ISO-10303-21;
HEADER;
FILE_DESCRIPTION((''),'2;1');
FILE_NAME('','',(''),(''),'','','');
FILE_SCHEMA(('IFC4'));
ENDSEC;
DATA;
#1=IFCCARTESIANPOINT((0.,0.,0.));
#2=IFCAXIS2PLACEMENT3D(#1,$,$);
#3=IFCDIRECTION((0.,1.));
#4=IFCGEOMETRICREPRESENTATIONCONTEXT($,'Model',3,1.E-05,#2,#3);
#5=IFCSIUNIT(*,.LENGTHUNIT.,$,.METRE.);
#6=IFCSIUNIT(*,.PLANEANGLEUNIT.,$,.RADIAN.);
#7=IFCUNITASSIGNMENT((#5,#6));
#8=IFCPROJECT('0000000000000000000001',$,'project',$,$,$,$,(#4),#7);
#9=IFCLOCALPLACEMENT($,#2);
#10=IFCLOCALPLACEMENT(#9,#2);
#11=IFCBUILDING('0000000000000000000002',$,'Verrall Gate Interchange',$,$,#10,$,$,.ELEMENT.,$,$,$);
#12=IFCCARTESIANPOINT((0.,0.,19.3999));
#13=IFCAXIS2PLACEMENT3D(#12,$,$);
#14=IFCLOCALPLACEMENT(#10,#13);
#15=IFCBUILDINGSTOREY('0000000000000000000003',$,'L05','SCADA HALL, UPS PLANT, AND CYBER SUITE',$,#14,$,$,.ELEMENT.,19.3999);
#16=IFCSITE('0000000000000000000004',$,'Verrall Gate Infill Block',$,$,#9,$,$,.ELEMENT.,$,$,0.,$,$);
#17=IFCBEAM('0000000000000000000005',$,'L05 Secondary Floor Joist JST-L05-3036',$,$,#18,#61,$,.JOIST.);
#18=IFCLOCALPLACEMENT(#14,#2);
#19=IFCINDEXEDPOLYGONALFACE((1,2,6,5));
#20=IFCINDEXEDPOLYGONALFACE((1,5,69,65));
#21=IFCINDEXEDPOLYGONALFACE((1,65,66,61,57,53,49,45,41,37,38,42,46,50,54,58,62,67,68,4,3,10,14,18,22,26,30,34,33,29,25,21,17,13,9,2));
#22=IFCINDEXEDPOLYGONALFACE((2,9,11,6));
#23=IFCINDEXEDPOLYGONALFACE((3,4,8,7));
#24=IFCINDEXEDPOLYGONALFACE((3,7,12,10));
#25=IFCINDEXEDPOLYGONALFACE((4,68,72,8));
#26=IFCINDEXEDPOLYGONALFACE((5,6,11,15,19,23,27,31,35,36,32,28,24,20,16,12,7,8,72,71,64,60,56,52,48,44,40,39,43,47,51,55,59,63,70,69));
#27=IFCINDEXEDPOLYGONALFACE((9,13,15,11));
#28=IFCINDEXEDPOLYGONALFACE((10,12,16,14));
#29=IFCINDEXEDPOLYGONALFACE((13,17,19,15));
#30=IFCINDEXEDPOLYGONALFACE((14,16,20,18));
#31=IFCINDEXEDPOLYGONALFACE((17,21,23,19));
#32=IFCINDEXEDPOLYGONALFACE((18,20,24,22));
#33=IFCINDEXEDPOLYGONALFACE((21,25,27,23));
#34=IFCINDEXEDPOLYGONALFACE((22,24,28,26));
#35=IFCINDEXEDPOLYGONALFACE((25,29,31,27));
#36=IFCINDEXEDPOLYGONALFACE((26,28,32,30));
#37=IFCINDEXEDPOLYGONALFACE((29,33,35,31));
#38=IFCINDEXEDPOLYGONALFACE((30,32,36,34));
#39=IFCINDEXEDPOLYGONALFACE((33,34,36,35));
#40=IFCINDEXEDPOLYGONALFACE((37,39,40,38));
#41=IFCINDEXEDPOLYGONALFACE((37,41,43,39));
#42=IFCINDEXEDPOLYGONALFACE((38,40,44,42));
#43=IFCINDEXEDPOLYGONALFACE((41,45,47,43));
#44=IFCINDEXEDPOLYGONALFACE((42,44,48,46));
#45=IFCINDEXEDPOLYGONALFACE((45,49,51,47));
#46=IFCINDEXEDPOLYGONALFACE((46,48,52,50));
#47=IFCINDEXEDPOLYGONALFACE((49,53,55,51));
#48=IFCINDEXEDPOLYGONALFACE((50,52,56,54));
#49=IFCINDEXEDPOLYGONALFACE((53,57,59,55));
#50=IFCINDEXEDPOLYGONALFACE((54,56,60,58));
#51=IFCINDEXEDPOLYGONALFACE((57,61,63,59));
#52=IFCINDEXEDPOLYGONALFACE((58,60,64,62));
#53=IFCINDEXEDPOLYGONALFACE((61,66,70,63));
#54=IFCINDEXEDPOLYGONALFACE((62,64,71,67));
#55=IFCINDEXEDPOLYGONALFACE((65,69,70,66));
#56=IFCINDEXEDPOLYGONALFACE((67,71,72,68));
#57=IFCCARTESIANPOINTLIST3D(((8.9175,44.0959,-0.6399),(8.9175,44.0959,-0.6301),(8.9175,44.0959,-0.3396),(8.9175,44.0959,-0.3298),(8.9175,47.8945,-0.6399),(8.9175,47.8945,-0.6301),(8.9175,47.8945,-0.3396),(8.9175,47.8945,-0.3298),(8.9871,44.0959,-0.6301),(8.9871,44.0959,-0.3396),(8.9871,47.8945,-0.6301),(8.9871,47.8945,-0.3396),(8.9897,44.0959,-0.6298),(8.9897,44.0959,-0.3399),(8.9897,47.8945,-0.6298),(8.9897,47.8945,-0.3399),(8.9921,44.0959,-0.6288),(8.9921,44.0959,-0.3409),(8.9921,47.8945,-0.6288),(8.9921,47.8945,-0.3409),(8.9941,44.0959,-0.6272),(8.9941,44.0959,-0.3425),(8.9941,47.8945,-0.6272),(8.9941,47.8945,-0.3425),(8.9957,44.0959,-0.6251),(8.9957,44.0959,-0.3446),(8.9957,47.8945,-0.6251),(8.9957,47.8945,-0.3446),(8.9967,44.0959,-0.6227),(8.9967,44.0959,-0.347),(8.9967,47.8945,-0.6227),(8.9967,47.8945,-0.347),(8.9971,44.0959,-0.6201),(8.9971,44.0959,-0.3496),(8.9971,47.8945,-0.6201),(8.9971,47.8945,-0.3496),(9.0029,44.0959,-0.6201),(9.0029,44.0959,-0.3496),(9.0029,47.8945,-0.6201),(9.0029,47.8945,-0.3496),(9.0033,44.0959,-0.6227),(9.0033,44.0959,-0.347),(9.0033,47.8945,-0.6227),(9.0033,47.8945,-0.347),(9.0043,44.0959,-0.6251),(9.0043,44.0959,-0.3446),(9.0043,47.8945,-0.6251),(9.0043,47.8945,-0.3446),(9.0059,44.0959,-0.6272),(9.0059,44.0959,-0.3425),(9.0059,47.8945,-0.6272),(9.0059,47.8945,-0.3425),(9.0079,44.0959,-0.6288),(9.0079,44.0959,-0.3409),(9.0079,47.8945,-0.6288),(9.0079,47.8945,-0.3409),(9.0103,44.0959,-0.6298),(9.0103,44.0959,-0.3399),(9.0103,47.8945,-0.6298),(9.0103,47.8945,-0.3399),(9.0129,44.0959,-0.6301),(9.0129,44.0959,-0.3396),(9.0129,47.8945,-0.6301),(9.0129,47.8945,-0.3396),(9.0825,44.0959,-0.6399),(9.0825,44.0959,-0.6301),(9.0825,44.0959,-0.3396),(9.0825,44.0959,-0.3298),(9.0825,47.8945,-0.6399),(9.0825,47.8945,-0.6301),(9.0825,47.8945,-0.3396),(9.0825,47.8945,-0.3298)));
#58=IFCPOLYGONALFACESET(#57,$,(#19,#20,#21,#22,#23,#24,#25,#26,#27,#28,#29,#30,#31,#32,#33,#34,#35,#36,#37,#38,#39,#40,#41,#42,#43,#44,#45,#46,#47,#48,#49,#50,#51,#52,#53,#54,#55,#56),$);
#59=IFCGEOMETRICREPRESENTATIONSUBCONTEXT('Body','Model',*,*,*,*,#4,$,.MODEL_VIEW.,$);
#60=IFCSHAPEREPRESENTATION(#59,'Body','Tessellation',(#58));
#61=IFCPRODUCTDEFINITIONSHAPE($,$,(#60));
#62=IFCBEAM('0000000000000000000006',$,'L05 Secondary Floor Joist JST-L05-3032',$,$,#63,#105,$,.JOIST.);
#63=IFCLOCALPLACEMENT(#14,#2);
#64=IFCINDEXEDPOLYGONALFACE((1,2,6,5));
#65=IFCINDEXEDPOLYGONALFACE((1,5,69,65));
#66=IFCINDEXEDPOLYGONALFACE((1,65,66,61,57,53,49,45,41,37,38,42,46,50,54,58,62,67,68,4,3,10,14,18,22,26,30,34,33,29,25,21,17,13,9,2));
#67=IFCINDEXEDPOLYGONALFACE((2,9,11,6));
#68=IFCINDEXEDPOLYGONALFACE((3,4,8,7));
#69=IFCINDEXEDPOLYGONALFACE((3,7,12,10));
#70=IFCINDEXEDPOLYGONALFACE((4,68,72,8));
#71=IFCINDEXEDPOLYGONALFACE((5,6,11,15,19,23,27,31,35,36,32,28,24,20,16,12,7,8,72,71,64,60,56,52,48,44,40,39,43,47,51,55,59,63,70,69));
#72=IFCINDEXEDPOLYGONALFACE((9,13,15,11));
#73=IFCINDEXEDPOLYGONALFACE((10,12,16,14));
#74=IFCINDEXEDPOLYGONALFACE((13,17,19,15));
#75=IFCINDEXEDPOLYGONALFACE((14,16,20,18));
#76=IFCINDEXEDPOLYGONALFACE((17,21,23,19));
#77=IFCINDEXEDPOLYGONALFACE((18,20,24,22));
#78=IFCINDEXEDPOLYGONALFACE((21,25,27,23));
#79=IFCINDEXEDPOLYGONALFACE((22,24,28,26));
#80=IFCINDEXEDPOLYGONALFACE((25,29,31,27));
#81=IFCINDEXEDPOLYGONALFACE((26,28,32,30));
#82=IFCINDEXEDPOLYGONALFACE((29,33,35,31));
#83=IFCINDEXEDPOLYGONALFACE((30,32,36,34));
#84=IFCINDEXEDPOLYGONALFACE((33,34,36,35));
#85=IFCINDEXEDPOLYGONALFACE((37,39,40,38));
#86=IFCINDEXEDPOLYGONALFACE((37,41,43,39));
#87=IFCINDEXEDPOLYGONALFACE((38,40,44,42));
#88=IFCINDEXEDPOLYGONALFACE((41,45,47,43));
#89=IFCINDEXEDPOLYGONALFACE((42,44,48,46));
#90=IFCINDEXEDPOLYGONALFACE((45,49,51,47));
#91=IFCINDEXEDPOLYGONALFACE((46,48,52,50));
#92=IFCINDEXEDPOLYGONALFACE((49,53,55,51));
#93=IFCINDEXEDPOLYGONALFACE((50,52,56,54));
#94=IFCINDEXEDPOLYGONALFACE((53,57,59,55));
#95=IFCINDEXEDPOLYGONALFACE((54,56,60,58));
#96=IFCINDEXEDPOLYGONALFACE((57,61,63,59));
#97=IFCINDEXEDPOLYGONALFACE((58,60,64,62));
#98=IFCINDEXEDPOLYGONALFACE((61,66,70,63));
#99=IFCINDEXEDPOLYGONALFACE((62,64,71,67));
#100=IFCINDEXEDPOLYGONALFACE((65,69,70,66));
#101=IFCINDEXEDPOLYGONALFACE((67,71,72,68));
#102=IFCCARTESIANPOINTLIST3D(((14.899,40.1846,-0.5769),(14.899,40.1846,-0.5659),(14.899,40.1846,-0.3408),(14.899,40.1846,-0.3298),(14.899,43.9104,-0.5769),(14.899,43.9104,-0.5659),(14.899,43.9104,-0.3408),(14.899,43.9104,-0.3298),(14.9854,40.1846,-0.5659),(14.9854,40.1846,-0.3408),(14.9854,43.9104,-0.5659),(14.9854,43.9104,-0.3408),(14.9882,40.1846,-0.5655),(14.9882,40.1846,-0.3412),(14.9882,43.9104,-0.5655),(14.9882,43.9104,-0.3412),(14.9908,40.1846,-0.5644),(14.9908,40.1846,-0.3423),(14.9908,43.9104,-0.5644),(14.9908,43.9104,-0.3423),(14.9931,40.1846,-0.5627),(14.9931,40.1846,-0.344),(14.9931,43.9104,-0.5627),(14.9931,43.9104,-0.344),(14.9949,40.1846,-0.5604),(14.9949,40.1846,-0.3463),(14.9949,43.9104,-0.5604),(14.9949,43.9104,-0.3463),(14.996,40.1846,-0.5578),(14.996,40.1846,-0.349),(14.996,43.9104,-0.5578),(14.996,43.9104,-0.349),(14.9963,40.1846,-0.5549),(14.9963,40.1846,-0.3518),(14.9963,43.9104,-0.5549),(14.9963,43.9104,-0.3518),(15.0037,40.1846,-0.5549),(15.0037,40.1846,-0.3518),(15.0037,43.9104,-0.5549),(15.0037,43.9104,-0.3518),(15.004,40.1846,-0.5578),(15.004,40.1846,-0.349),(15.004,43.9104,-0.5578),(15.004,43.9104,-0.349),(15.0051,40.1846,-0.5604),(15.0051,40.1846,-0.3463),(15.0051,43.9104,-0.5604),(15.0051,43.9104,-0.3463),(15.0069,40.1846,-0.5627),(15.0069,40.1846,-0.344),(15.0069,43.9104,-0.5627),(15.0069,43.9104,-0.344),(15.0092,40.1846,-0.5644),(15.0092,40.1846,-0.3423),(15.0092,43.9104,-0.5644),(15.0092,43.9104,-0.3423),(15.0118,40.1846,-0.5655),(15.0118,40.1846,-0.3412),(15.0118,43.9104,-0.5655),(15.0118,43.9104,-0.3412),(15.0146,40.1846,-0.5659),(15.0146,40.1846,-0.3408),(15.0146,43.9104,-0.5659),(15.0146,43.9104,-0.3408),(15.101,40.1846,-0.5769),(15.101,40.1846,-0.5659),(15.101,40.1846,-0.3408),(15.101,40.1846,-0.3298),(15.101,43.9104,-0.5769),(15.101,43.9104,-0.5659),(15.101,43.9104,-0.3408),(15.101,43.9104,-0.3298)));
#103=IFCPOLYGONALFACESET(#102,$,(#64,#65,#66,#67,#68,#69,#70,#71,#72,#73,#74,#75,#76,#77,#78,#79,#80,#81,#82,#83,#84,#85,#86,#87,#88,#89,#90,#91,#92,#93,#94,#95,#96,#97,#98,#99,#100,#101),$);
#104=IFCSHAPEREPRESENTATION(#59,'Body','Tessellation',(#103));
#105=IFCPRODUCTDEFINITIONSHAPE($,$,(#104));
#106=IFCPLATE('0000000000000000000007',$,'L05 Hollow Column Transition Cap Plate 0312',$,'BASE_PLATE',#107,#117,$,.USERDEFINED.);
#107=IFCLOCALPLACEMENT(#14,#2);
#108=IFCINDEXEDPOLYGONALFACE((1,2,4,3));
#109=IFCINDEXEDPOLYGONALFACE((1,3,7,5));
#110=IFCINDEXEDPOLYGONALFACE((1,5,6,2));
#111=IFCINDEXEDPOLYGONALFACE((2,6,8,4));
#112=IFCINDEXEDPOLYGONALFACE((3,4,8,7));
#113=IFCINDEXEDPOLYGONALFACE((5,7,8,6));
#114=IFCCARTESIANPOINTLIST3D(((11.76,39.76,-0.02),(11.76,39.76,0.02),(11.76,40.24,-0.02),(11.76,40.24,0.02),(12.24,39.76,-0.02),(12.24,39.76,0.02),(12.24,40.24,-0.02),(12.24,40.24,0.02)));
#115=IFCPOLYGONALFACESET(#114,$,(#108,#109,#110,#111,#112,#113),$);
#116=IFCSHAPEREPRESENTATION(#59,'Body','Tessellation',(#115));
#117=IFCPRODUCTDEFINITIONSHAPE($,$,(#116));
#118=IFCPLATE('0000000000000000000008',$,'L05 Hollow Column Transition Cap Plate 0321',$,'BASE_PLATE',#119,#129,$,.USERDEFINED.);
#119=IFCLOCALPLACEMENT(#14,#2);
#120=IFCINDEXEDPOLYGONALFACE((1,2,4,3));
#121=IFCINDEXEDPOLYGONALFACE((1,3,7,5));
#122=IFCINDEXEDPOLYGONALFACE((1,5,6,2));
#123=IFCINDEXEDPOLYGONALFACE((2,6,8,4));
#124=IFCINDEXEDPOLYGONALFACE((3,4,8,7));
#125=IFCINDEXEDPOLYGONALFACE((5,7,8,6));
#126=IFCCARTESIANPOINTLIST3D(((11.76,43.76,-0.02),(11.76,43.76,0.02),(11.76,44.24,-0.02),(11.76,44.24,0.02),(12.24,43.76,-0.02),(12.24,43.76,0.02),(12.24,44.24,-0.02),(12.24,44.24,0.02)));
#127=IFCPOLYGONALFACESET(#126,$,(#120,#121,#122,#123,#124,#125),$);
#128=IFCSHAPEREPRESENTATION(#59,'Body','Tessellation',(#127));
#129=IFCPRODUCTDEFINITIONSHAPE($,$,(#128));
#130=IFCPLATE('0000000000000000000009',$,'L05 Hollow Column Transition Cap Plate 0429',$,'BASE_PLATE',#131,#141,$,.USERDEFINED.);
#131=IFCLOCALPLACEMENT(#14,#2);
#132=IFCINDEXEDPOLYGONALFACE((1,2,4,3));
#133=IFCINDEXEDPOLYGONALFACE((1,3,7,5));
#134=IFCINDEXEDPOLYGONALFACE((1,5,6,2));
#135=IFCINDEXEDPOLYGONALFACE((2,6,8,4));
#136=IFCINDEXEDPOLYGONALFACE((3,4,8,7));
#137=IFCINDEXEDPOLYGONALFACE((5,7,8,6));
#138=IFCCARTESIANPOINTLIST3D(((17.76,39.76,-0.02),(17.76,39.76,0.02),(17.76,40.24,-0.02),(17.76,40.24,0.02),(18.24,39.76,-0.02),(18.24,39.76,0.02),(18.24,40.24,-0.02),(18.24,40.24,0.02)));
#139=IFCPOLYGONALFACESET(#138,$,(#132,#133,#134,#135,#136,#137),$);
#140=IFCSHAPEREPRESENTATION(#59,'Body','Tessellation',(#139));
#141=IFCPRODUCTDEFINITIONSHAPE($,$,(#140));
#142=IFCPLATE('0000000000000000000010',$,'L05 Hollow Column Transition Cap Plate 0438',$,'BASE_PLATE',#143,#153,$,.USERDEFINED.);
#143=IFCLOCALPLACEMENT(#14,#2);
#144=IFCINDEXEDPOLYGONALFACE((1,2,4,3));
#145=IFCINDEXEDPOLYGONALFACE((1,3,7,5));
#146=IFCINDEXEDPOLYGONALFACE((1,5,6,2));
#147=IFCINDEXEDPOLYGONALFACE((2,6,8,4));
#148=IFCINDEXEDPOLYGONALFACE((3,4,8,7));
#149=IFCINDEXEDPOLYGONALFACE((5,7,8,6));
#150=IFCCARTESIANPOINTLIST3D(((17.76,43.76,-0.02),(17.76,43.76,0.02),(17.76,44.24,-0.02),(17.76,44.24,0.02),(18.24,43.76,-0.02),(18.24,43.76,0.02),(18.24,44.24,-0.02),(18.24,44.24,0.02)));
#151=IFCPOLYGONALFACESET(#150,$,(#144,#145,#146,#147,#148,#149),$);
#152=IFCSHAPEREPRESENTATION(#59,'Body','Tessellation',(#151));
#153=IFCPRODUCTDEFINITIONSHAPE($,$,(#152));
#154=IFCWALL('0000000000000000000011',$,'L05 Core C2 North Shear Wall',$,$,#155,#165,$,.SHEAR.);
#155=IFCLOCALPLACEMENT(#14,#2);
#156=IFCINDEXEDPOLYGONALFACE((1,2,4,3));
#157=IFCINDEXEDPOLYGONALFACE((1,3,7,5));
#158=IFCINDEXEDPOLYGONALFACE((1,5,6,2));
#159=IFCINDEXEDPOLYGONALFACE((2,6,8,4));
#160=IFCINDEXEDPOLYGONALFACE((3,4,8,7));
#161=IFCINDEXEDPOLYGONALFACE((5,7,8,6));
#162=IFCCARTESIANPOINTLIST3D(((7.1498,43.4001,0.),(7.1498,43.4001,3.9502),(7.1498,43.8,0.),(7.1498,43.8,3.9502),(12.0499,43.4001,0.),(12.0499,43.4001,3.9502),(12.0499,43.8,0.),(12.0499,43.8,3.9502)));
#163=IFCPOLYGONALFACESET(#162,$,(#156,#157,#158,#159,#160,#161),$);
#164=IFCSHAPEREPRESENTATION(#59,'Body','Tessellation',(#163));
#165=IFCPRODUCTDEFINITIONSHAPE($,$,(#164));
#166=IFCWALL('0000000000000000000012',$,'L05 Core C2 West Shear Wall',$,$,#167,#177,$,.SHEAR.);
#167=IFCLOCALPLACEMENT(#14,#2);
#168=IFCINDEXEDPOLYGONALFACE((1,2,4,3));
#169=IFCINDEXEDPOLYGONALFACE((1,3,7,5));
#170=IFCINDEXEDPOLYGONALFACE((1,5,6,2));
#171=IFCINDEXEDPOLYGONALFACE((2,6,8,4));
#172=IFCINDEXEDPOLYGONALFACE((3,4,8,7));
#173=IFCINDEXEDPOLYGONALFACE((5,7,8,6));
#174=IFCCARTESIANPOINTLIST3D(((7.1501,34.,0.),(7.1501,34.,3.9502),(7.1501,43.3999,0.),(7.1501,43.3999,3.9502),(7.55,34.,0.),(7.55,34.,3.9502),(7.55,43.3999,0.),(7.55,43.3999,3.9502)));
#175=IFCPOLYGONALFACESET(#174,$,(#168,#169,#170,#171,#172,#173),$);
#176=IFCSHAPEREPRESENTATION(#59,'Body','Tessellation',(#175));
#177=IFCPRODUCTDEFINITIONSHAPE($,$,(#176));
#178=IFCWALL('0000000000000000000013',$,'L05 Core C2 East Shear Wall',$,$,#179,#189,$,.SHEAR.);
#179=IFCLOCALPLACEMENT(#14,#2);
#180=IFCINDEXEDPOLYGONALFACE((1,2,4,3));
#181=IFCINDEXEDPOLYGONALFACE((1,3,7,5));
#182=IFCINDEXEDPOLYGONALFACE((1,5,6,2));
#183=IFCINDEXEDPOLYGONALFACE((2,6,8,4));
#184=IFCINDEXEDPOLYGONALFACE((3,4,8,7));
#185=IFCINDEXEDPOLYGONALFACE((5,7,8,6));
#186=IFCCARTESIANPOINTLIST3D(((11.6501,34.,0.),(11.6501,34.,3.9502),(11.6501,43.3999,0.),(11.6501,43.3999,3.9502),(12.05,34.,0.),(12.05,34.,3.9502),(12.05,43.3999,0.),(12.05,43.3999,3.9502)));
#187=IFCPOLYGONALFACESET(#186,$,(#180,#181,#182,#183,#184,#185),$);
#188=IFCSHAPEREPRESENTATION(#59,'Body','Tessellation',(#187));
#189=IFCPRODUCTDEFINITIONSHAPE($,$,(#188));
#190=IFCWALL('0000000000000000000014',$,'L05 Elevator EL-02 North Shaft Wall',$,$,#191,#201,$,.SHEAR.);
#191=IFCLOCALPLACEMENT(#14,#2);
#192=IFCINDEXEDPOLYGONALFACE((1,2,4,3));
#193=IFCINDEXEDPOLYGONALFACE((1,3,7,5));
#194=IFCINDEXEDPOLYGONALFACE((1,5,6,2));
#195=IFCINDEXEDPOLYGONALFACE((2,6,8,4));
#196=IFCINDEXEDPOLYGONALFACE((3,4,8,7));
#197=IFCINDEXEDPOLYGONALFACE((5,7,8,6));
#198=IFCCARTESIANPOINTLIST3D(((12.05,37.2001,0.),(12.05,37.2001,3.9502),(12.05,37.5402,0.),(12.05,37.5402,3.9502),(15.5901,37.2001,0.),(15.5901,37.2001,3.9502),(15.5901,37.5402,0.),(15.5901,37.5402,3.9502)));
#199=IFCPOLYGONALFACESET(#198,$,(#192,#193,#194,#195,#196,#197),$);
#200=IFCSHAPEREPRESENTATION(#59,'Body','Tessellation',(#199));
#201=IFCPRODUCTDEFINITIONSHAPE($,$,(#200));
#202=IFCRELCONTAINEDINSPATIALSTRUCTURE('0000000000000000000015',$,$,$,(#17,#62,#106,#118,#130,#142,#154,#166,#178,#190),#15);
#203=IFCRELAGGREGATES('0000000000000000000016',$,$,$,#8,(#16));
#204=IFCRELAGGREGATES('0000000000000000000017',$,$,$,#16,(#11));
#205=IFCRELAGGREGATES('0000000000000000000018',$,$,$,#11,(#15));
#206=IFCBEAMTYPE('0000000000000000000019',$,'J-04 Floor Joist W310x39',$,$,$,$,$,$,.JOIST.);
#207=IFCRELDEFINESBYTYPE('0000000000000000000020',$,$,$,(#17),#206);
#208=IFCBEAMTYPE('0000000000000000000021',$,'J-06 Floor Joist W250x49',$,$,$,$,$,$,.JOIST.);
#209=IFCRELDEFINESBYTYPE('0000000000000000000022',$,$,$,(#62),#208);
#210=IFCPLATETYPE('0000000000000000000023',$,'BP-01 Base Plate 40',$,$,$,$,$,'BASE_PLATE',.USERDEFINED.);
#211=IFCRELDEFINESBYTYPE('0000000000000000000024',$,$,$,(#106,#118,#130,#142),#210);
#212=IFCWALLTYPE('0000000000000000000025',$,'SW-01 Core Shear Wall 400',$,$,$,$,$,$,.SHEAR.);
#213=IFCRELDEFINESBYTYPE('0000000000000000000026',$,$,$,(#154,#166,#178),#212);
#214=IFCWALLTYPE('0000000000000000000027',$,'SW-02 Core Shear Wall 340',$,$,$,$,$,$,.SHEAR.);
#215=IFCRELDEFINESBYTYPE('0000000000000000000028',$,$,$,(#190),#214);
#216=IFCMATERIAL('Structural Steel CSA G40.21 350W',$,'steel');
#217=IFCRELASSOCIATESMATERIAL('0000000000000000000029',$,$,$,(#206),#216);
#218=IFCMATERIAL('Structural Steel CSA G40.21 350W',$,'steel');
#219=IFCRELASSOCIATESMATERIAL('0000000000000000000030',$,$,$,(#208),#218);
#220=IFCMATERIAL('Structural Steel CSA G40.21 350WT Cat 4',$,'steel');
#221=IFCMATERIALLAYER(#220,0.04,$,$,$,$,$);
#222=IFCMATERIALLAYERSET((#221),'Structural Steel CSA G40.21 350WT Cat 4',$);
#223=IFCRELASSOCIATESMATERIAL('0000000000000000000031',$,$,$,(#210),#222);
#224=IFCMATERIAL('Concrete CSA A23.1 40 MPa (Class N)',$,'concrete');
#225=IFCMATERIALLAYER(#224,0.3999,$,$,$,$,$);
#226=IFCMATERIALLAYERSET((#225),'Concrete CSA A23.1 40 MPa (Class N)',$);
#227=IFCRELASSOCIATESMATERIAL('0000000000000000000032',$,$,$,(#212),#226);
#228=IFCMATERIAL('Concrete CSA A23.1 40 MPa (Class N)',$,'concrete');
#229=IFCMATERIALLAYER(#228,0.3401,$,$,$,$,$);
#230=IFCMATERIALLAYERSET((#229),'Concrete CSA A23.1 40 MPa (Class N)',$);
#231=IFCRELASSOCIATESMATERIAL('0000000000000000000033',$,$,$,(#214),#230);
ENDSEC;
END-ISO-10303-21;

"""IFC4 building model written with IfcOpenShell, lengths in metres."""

from ifc_helpers import new_model, si_unit, direction, frame, frame_2d, origin, origin_2d, place, context, subcontext, project, spatial, rectangle, i_section, extrude, material, layer, layer_set, material_profile, profile_set, type_object, element, save


model = new_model("IFC4")

# Units and contexts
model_context = context("Model", 3, precision=1e-05, world=origin(), true_north=direction((0.0, 1.0)))
body_context = subcontext(model_context, "Body", "Model", "MODEL_VIEW")
ifc_project = project(units=[si_unit("LENGTHUNIT", "METRE"), si_unit("PLANEANGLEUNIT", "RADIAN")], contexts=[model_context])

# Site, building, storey
site_placement = place(None, origin())
site = spatial("IfcSite", under=ifc_project, at=site_placement, Name="Verrall Gate Infill Block", CompositionType="ELEMENT", RefElevation=0.0)
building_placement = place(site_placement, origin())
building = spatial("IfcBuilding", under=site, at=building_placement, Name="Verrall Gate Interchange", CompositionType="ELEMENT")
storey_placement = place(building_placement, frame((0.0, 0.0, 19.3999)))
storey = spatial("IfcBuildingStorey", under=building, at=storey_placement, Name="L05", Description="SCADA HALL, UPS PLANT, AND CYBER SUITE", CompositionType="ELEMENT", Elevation=19.3999)

# Beams
ifc_material_1 = material(Name="Structural Steel CSA G40.21 350W", Category="steel")
ifc_material_profile_1 = material_profile(ifc_material_1, i_section(OverallWidth=0.165, OverallDepth=0.3101, WebThickness=0.0059, FlangeThickness=0.0098, FilletRadius=0.01, at=origin_2d()), Name="W310x39")
ifc_profile_set_1 = profile_set([ifc_material_profile_1], Name="Structural Steel CSA G40.21 350W")
beam_type_1 = type_object("IfcBeamType", Name="J-04 Floor Joist W310x39", PredefinedType="JOIST", material=ifc_profile_set_1)
beam_1_placement = place(storey_placement, frame((9.0, 44.0959, -0.4849), z_axis=(0.0, 1.0, 0.0), x_axis=(-1.0, 0.0, 0.0)))
element("IfcBeam", 1, at=beam_1_placement, inside=storey, type_object=beam_type_1, Name="L05 Secondary Floor Joist JST-L05-3036", PredefinedType="JOIST", context=body_context, shape_type="SweptSolid", body=[
    extrude(i_section(OverallWidth=0.165, OverallDepth=0.3101, WebThickness=0.0059, FlangeThickness=0.0098, FilletRadius=0.01, at=origin_2d()), origin(), (0.0, 0.0, 1.0), 3.7986),
])
ifc_material_2 = material(Name="Structural Steel CSA G40.21 350W", Category="steel")
ifc_material_profile_2 = material_profile(ifc_material_2, i_section(OverallWidth=0.2019, OverallDepth=0.2471, WebThickness=0.0073, FlangeThickness=0.011, FilletRadius=0.011, at=origin_2d()), Name="W250x49")
ifc_profile_set_2 = profile_set([ifc_material_profile_2], Name="Structural Steel CSA G40.21 350W")
beam_type_2 = type_object("IfcBeamType", Name="J-06 Floor Joist W250x49", PredefinedType="JOIST", material=ifc_profile_set_2)
beam_2_placement = place(storey_placement, frame((15.0, 40.1846, -0.4534), z_axis=(0.0, 1.0, 0.0), x_axis=(-1.0, 0.0, 0.0)))
element("IfcBeam", 2, at=beam_2_placement, inside=storey, type_object=beam_type_2, Name="L05 Secondary Floor Joist JST-L05-3032", PredefinedType="JOIST", context=body_context, shape_type="SweptSolid", body=[
    extrude(i_section(OverallWidth=0.2019, OverallDepth=0.2471, WebThickness=0.0073, FlangeThickness=0.011, FilletRadius=0.011, at=origin_2d()), origin(), (0.0, 0.0, 1.0), 3.7258),
])

# Plates
ifc_material_3 = material(Name="Structural Steel CSA G40.21 350WT Cat 4", Category="steel")
ifc_layer_1 = layer(ifc_material_3, 0.04)
ifc_layer_set_1 = layer_set([ifc_layer_1], Name="Structural Steel CSA G40.21 350WT Cat 4")
plate_type = type_object("IfcPlateType", Name="BP-01 Base Plate 40", ElementType="BASE_PLATE", PredefinedType="USERDEFINED", material=ifc_layer_set_1)
for number, where, z_axis, x_axis, name in (
    (3, (12.0, 40.0, -0.02), (0.0, 0.0, 1.0), (1.0, 0.0, 0.0), "L05 Hollow Column Transition Cap Plate 0312"),
    (4, (12.0, 44.0, -0.02), (0.0, 0.0, 1.0), (1.0, 0.0, 0.0), "L05 Hollow Column Transition Cap Plate 0321"),
    (5, (18.0, 40.0, -0.02), (0.0, 0.0, 1.0), (1.0, 0.0, 0.0), "L05 Hollow Column Transition Cap Plate 0429"),
    (6, (18.0, 44.0, -0.02), (0.0, 0.0, 1.0), (1.0, 0.0, 0.0), "L05 Hollow Column Transition Cap Plate 0438"),
):
    element("IfcPlate", number, at=place(storey_placement, frame(where, z_axis=z_axis, x_axis=x_axis)), inside=storey, type_object=plate_type, Name=name, ObjectType="BASE_PLATE", PredefinedType="USERDEFINED", context=body_context, shape_type="SweptSolid", body=[
        extrude(rectangle(XDim=0.48, YDim=0.48, at=origin_2d()), origin(), (0.0, 0.0, 1.0), 0.04),
    ])

# Walls
ifc_material_4 = material(Name="Concrete CSA A23.1 40 MPa (Class N)", Category="concrete")
ifc_layer_2 = layer(ifc_material_4, 0.3999)
ifc_layer_set_2 = layer_set([ifc_layer_2], Name="Concrete CSA A23.1 40 MPa (Class N)")
wall_type_1 = type_object("IfcWallType", Name="SW-01 Core Shear Wall 400", PredefinedType="SHEAR", material=ifc_layer_set_2)
wall_1_placement = place(storey_placement, frame((12.05, 43.6001, 0.0), z_axis=(0.0, 0.0, 1.0), x_axis=(-1.0, 0.0, 0.0)))
element("IfcWall", 7, at=wall_1_placement, inside=storey, type_object=wall_type_1, Name="L05 Core C2 North Shear Wall", PredefinedType="SHEAR", context=body_context, shape_type="SweptSolid", body=[
    extrude(rectangle(XDim=4.9001, YDim=0.3999, at=frame_2d((2.4502, 0.0))), origin(), (0.0, 0.0, 1.0), 3.9502),
])
for number, where, z_axis, x_axis, name in (
    (8, (7.3501, 43.3999, 0.0), (0.0, 0.0, 1.0), (0.0, -1.0, 0.0), "L05 Core C2 West Shear Wall"),
    (9, (11.8501, 34.0, 0.0), (0.0, 0.0, 1.0), (0.0, 1.0, 0.0), "L05 Core C2 East Shear Wall"),
):
    element("IfcWall", number, at=place(storey_placement, frame(where, z_axis=z_axis, x_axis=x_axis)), inside=storey, type_object=wall_type_1, Name=name, PredefinedType="SHEAR", context=body_context, shape_type="SweptSolid", body=[
        extrude(rectangle(XDim=9.3999, YDim=0.3999, at=frame_2d((4.7, 0.0))), origin(), (0.0, 0.0, 1.0), 3.9502),
    ])
ifc_material_5 = material(Name="Concrete CSA A23.1 40 MPa (Class N)", Category="concrete")
ifc_layer_3 = layer(ifc_material_5, 0.3401)
ifc_layer_set_3 = layer_set([ifc_layer_3], Name="Concrete CSA A23.1 40 MPa (Class N)")
wall_type_2 = type_object("IfcWallType", Name="SW-02 Core Shear Wall 340", PredefinedType="SHEAR", material=ifc_layer_set_3)
wall_2_placement = place(storey_placement, frame((15.5901, 37.3701, 0.0), z_axis=(0.0, 0.0, 1.0), x_axis=(-1.0, 0.0, 0.0)))
element("IfcWall", 10, at=wall_2_placement, inside=storey, type_object=wall_type_2, Name="L05 Elevator EL-02 North Shaft Wall", PredefinedType="SHEAR", context=body_context, shape_type="SweptSolid", body=[
    extrude(rectangle(XDim=3.54, YDim=0.3401, at=frame_2d((1.77, 0.0))), origin(), (0.0, 0.0, 1.0), 3.9502),
])

save(model, "model.ifc")
